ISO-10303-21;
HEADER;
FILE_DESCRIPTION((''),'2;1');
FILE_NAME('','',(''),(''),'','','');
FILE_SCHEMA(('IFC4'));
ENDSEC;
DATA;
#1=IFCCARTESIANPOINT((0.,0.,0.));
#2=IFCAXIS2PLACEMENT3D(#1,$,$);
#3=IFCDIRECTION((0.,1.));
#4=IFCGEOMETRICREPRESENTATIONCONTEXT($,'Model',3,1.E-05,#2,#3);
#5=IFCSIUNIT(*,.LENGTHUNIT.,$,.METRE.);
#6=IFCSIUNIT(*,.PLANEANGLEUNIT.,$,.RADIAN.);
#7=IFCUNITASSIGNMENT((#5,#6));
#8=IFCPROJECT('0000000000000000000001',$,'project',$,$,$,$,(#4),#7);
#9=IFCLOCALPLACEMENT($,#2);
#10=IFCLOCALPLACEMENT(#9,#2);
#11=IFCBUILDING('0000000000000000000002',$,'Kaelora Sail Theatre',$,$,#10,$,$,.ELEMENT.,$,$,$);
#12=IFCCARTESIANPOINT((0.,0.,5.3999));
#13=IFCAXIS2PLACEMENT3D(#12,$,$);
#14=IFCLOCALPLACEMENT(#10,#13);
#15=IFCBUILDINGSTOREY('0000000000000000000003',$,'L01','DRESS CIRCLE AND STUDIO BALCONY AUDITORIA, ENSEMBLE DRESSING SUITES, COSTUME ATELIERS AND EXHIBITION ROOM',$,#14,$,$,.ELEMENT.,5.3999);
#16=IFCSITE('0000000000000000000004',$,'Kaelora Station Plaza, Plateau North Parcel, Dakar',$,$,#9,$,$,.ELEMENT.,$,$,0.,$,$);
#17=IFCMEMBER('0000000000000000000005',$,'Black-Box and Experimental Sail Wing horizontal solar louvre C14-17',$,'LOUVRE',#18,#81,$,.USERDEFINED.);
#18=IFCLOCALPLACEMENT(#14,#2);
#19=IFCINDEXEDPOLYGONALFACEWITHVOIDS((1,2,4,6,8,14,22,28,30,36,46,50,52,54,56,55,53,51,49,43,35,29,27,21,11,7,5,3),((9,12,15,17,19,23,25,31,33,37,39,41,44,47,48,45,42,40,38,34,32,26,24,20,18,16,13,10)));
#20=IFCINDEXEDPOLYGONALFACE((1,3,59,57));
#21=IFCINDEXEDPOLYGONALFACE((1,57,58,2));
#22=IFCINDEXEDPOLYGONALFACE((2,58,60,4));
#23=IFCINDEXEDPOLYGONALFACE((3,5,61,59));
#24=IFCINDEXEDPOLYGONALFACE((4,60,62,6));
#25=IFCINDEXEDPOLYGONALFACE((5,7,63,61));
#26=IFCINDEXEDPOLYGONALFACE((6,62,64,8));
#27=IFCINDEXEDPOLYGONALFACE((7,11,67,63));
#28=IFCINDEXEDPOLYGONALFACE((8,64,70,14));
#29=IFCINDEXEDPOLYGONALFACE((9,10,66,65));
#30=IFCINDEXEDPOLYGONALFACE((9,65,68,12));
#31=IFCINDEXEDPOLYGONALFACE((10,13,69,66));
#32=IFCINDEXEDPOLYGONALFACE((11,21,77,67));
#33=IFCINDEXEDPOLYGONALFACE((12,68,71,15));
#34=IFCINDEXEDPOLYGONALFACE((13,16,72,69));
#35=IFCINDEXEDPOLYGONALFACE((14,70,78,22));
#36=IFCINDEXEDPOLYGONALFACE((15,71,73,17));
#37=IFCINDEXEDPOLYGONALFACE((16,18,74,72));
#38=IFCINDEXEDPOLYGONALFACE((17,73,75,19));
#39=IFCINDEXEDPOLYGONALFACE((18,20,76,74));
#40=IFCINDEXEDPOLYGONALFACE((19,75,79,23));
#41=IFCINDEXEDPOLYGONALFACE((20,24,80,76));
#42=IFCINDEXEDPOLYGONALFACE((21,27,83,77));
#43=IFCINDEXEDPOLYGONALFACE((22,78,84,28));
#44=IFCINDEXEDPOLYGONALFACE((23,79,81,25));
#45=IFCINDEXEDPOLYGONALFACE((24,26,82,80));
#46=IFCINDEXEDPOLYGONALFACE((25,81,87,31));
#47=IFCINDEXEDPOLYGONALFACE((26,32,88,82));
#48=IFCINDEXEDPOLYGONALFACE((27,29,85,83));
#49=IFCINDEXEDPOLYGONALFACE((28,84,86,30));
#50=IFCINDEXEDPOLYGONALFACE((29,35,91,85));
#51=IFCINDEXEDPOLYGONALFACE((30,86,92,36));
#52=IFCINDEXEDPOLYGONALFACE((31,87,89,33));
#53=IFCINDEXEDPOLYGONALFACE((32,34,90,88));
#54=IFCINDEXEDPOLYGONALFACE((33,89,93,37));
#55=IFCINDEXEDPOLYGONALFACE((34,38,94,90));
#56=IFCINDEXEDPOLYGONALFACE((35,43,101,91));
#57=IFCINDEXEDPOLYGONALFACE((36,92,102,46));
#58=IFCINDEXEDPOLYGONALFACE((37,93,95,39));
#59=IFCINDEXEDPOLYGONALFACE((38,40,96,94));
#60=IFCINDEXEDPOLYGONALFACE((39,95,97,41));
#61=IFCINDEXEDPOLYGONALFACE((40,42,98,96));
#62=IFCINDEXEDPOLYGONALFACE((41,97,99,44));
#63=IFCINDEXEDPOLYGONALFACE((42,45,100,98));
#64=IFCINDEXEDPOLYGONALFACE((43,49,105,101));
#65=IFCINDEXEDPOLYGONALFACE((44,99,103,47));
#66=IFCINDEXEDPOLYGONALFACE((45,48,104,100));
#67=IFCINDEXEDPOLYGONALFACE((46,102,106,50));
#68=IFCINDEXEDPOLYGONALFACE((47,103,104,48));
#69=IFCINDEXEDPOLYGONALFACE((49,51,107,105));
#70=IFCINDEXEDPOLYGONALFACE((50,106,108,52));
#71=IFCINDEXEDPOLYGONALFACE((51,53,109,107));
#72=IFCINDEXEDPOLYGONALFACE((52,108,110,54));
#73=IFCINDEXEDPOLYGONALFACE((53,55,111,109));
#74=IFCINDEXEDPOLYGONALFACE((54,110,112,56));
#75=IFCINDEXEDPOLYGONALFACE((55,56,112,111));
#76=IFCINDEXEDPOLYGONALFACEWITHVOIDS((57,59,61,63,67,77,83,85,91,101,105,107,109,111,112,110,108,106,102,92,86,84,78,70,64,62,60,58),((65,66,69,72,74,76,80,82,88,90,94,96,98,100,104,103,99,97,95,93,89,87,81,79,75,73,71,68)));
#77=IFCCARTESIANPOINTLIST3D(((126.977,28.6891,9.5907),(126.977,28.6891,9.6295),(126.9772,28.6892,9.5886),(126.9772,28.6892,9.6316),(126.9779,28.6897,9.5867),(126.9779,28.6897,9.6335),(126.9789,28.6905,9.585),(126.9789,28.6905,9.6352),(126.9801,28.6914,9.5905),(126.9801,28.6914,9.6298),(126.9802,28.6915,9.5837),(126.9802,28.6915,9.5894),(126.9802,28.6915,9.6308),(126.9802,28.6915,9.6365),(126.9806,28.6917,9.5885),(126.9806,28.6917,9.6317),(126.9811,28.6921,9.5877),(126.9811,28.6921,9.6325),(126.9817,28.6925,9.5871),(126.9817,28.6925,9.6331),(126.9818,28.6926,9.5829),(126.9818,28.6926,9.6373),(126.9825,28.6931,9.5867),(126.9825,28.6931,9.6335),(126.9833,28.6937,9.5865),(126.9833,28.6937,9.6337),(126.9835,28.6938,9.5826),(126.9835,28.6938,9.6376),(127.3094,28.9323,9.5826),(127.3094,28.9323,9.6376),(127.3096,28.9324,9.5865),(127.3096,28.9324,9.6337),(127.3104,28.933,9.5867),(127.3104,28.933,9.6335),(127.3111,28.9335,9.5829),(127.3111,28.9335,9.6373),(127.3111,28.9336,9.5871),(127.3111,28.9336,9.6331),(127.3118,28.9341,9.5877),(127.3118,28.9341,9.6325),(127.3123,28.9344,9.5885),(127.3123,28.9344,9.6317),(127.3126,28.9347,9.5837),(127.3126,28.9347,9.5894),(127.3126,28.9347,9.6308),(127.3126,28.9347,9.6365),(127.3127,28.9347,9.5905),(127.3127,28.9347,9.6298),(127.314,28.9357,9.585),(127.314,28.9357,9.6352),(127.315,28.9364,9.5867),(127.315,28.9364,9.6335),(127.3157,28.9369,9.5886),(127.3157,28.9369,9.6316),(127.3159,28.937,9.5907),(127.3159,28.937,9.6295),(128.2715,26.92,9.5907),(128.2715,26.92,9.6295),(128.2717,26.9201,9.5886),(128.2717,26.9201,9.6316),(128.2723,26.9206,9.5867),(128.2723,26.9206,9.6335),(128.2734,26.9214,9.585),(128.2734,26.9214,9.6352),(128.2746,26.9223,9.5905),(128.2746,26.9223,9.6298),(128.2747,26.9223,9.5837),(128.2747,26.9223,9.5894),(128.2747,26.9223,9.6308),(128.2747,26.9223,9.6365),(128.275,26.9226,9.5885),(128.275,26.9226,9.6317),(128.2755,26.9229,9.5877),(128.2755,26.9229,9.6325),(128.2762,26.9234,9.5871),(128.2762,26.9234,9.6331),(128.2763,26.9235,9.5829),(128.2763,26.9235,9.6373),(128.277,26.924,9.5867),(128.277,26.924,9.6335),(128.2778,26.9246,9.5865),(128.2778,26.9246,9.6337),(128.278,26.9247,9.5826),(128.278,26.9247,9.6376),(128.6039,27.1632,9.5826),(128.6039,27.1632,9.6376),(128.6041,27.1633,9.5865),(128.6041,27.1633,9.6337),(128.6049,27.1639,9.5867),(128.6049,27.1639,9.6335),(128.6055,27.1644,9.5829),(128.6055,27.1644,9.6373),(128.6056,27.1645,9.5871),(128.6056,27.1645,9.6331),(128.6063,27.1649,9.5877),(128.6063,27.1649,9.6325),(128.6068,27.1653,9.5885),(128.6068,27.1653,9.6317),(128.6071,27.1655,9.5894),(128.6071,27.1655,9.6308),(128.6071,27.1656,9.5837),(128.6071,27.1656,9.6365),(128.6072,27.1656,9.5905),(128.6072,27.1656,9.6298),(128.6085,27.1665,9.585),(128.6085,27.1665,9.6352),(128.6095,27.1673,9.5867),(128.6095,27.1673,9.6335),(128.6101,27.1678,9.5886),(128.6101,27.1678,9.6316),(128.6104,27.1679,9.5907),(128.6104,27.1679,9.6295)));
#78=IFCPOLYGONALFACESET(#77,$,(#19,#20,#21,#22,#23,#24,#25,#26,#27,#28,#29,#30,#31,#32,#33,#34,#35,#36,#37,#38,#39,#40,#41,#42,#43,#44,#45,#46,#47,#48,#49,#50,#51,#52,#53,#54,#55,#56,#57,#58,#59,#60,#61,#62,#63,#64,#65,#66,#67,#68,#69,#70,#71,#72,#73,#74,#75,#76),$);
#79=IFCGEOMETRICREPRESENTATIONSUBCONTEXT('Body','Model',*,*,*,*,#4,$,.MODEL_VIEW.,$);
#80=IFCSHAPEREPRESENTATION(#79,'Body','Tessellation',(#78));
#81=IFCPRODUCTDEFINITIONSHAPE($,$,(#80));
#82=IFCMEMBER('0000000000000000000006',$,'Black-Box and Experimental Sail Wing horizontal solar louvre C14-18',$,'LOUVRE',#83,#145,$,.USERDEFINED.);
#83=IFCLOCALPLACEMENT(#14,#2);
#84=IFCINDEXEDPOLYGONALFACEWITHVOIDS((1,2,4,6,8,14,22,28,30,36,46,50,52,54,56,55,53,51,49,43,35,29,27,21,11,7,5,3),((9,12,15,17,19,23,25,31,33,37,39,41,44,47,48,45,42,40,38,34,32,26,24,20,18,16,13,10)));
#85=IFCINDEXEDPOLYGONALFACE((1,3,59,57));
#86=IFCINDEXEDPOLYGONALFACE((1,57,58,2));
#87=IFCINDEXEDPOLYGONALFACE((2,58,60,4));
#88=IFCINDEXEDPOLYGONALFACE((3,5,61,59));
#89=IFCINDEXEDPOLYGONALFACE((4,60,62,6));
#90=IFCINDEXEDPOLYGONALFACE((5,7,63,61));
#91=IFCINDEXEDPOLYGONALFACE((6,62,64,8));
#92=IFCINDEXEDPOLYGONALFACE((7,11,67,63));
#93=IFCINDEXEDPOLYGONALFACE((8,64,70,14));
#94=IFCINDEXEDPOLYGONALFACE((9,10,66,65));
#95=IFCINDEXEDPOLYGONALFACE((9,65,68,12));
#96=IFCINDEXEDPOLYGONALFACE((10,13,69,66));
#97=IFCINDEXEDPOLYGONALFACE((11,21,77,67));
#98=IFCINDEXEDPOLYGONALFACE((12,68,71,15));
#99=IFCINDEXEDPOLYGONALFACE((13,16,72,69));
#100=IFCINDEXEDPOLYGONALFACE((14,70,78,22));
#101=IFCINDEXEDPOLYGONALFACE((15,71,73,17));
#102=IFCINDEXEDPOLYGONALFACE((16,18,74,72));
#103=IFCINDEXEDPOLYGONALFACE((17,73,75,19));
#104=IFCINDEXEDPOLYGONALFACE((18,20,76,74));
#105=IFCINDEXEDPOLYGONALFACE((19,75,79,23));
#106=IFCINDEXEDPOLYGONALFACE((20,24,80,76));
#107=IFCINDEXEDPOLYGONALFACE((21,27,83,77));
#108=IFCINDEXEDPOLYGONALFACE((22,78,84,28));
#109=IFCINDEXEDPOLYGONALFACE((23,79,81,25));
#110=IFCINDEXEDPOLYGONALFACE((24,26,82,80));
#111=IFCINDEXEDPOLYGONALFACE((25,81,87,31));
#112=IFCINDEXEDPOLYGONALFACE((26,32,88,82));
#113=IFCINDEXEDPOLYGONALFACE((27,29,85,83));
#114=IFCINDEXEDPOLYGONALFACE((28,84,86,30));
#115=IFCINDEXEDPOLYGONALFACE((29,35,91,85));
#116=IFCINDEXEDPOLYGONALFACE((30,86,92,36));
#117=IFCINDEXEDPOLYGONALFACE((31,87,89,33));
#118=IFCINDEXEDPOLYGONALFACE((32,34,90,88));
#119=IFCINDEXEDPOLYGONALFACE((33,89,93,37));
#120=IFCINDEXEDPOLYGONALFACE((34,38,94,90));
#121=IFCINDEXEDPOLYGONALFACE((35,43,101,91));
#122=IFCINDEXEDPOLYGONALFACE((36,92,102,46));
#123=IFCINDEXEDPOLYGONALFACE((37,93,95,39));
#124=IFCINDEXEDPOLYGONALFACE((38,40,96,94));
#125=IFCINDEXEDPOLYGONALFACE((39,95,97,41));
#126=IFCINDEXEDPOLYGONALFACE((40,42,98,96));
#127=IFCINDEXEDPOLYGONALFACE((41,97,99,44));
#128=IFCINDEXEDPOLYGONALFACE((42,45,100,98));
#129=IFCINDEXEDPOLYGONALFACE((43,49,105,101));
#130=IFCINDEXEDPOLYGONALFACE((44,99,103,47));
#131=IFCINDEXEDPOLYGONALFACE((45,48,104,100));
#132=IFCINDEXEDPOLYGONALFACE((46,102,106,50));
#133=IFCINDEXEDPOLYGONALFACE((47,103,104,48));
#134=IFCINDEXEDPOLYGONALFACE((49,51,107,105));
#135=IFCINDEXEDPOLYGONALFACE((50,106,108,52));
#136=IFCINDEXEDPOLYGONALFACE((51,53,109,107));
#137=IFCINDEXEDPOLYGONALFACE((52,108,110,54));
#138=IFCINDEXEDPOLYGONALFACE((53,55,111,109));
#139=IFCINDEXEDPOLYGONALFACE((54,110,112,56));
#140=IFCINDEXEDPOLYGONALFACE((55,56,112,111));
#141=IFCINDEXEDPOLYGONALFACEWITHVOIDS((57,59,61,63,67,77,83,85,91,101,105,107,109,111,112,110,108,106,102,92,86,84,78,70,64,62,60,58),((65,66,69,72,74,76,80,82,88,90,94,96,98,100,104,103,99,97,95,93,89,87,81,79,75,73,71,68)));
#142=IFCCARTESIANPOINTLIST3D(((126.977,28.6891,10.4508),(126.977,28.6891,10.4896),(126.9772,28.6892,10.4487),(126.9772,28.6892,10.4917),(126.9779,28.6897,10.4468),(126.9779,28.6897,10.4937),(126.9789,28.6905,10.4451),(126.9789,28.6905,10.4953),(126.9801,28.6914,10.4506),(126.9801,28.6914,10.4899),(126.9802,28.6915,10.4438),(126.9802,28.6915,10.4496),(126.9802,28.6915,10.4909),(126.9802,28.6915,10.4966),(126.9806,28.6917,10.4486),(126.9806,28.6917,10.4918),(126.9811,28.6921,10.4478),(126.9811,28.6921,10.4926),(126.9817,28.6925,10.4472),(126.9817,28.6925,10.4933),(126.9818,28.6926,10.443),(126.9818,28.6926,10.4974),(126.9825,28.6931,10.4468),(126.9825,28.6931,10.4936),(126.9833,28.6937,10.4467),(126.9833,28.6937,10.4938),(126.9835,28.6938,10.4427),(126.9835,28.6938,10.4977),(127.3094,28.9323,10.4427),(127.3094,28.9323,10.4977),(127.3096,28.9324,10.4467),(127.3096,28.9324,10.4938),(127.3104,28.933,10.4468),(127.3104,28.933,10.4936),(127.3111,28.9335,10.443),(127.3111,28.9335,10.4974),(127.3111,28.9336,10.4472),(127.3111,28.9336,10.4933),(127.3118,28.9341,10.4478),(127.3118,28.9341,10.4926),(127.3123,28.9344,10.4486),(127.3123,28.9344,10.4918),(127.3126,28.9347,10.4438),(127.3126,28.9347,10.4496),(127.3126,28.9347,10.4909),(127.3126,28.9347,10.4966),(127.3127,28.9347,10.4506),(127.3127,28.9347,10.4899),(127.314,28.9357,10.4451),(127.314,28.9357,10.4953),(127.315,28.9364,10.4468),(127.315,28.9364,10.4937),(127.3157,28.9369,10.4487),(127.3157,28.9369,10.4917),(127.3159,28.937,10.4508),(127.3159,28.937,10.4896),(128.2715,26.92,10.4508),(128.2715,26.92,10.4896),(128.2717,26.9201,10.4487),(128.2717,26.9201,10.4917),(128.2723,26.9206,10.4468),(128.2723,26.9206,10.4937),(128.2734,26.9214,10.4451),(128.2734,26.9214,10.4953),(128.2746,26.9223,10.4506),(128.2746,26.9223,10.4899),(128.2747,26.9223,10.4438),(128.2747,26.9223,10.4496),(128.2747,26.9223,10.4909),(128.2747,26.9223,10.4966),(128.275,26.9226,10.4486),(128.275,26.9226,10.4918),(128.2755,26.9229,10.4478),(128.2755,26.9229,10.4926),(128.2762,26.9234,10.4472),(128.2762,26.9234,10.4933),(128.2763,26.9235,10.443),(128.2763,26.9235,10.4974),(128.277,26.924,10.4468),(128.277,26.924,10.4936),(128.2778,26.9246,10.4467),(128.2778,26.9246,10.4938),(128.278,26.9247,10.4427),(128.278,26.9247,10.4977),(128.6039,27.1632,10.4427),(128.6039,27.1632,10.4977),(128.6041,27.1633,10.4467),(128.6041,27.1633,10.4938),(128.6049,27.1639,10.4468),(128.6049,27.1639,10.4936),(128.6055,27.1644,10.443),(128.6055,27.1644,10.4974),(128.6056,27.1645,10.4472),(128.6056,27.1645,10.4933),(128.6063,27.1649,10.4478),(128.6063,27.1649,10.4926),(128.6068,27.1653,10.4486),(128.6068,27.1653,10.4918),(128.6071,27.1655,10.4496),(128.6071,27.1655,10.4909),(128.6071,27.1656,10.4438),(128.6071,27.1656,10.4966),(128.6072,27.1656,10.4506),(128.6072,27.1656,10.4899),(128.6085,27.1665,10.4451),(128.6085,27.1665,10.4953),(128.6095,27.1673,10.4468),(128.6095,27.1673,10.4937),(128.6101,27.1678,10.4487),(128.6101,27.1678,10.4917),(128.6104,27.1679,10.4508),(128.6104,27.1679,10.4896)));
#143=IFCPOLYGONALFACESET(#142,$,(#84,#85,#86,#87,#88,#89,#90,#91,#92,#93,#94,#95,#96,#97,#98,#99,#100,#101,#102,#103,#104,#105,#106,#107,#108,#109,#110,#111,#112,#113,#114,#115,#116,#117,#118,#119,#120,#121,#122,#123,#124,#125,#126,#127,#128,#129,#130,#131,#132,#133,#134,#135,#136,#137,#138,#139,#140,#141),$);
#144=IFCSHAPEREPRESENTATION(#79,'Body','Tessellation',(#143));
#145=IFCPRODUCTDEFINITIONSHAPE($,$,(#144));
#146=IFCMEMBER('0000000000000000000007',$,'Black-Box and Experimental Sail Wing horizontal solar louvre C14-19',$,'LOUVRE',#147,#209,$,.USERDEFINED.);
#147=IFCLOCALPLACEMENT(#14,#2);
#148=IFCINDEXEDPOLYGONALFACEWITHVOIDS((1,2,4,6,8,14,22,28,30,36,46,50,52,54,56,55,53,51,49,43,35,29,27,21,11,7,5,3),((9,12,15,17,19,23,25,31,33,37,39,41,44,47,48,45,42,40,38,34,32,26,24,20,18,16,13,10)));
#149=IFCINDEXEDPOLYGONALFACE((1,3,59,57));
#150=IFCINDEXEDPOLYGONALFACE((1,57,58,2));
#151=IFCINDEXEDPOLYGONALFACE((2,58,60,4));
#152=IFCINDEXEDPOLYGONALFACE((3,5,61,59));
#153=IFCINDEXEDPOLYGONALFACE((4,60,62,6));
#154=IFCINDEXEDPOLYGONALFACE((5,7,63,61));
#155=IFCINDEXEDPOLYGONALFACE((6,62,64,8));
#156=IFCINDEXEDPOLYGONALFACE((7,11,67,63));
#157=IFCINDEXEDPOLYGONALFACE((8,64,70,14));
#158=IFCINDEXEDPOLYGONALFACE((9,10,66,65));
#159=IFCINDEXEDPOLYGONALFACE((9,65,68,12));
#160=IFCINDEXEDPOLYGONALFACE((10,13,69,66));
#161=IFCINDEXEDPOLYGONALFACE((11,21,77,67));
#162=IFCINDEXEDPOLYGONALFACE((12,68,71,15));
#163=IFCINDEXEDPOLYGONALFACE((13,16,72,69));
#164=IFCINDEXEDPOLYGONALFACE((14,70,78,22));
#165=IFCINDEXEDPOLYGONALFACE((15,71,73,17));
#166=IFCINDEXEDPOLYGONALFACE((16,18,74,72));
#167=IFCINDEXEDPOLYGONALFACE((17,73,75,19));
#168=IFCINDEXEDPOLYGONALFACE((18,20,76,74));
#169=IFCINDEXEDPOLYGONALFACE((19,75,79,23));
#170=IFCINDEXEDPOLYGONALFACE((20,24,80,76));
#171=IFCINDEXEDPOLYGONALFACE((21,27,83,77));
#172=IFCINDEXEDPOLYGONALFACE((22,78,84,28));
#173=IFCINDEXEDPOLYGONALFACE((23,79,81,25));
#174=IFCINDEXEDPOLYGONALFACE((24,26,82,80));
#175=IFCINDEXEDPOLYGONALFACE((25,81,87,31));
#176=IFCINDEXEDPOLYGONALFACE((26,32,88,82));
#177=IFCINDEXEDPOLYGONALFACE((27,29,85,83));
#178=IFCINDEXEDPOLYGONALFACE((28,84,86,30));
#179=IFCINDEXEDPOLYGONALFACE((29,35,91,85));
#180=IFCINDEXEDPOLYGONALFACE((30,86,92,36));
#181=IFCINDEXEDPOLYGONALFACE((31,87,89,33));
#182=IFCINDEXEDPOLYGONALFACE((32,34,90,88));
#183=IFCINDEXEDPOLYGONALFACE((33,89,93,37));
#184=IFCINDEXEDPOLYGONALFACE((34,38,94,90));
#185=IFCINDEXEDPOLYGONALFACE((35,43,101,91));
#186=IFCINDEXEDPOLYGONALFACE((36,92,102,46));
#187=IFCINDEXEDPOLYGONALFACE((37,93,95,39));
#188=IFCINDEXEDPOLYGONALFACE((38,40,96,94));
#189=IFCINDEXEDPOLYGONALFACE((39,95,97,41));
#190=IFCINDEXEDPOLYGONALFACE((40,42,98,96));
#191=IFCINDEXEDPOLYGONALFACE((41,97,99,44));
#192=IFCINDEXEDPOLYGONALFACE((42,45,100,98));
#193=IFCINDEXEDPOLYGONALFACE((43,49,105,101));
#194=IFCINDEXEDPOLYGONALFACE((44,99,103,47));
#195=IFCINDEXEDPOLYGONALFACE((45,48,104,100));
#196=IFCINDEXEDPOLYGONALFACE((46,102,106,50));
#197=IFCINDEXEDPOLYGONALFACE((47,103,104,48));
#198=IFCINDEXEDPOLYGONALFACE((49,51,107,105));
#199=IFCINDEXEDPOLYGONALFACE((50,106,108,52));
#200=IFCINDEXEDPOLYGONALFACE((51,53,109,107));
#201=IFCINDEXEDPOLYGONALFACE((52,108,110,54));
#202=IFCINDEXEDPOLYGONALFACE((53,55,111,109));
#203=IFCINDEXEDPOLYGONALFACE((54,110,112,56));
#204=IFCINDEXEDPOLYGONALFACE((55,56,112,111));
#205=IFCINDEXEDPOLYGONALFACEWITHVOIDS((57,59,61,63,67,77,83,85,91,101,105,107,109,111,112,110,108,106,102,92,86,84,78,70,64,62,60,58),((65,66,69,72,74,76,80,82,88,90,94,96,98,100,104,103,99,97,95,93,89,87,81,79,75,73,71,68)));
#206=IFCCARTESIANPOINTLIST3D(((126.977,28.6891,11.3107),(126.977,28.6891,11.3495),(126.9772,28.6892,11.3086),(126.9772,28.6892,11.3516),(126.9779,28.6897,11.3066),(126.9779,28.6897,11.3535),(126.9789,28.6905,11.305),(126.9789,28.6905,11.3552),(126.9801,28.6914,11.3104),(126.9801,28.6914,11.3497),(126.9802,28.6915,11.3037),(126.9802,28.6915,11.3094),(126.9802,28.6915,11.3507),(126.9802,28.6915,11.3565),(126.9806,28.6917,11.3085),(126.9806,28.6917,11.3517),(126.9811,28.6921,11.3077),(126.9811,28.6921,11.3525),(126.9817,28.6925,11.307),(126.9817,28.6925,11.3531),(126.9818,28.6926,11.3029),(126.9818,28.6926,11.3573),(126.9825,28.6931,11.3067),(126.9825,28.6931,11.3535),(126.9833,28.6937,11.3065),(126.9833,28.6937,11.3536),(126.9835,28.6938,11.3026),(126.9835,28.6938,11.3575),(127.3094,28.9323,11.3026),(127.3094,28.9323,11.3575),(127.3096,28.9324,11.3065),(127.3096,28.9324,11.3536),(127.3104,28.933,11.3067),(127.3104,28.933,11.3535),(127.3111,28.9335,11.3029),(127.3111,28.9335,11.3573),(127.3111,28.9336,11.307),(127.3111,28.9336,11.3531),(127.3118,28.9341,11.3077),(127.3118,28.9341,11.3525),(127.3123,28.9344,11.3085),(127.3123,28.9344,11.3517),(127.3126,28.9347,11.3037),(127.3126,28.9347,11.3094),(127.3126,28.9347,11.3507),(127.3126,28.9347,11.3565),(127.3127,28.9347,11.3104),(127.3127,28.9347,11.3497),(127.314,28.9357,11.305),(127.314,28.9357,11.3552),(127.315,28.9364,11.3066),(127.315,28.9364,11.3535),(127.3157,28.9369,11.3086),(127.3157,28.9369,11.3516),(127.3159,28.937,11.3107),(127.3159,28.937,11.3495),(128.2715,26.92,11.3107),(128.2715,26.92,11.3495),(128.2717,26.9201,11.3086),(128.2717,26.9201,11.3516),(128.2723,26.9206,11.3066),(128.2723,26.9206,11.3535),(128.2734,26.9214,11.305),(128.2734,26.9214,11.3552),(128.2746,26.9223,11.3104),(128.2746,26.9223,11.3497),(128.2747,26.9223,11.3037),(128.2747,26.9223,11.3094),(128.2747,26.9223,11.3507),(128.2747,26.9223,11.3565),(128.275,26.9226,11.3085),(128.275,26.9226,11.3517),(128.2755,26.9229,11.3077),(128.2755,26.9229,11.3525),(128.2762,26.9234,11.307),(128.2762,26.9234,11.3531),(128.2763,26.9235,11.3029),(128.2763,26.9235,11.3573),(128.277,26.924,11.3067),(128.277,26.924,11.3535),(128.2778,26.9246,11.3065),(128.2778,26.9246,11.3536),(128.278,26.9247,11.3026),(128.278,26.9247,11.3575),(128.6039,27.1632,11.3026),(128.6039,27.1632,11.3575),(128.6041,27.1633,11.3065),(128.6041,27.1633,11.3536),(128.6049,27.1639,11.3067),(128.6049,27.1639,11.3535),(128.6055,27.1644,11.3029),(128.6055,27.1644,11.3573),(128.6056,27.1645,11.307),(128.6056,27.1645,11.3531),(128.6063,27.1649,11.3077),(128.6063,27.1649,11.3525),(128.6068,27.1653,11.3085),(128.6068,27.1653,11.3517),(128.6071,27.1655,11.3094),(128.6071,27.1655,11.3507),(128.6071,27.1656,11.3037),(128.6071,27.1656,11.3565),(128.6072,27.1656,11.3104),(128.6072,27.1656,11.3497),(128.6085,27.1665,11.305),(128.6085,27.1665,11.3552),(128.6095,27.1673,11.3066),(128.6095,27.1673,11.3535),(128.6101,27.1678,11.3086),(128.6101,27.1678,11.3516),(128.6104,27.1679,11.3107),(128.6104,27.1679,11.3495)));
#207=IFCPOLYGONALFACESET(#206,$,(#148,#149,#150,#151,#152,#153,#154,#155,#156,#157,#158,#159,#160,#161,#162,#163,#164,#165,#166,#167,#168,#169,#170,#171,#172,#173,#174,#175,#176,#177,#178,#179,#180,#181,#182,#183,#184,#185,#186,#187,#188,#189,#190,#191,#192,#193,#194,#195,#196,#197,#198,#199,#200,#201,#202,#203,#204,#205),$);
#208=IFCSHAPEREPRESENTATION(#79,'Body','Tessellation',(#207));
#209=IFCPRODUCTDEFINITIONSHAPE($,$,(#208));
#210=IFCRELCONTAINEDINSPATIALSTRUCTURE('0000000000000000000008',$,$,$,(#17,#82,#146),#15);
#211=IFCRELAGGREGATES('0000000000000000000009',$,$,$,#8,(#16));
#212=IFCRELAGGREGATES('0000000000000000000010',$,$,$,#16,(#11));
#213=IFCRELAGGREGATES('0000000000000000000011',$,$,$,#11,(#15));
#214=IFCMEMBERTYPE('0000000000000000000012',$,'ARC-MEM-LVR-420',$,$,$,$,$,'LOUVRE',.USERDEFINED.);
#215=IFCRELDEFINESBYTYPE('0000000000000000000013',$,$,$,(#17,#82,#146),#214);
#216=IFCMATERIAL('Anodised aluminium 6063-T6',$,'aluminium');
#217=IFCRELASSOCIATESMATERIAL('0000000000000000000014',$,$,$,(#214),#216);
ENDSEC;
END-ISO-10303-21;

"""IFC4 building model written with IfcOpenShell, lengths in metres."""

from ifc_helpers import new_model, si_unit, direction, frame, origin, origin_2d, place, context, subcontext, project, spatial, hollow_rectangle, extrude, material, material_profile, profile_set, type_object, element, save


model = new_model("IFC4")

# Units and contexts
model_context = context("Model", 3, precision=1e-05, world=origin(), true_north=direction((0.0, 1.0)))
body_context = subcontext(model_context, "Body", "Model", "MODEL_VIEW")
ifc_project = project(units=[si_unit("LENGTHUNIT", "METRE"), si_unit("PLANEANGLEUNIT", "RADIAN")], contexts=[model_context])

# Site, building, storey
site_placement = place(None, origin())
site = spatial("IfcSite", under=ifc_project, at=site_placement, Name="Kaelora Station Plaza, Plateau North Parcel, Dakar", CompositionType="ELEMENT", RefElevation=0.0)
building_placement = place(site_placement, origin())
building = spatial("IfcBuilding", under=site, at=building_placement, Name="Kaelora Sail Theatre", CompositionType="ELEMENT")
storey_placement = place(building_placement, frame((0.0, 0.0, 5.3999)))
storey = spatial("IfcBuildingStorey", under=building, at=storey_placement, Name="L01", Description="DRESS CIRCLE AND STUDIO BALCONY AUDITORIA, ENSEMBLE DRESSING SUITES, COSTUME ATELIERS AND EXHIBITION ROOM", CompositionType="ELEMENT", Elevation=5.3999)

# Members
ifc_material = material(Name="Anodised aluminium 6063-T6", Category="aluminium")
ifc_material_profile = material_profile(ifc_material, hollow_rectangle(XDim=0.4199, YDim=0.0549, WallThickness=0.0039, InnerFilletRadius=0.0039, OuterFilletRadius=0.0081, at=origin_2d()), Name="LOUVRE 420x55x4")
ifc_profile_set = profile_set([ifc_material_profile], Name="Anodised aluminium 6063-T6")
member_type = type_object("IfcMemberType", Name="ARC-MEM-LVR-420", ElementType="LOUVRE", PredefinedType="USERDEFINED", material=ifc_profile_set)
for number, where, z_axis, x_axis, name in (
    (1, (128.4409, 27.0439, 9.6101), (-0.590514, 0.807028, 0.0), (-0.807028, -0.590514, 0.0), "Black-Box and Experimental Sail Wing horizontal solar louvre C14-17"),
    (2, (128.4409, 27.0439, 10.4702), (-0.590514, 0.807028, 0.0), (-0.807028, -0.590514, 0.0), "Black-Box and Experimental Sail Wing horizontal solar louvre C14-18"),
    (3, (128.4409, 27.0439, 11.3301), (-0.590514, 0.807028, 0.0), (-0.807028, -0.590514, 0.0), "Black-Box and Experimental Sail Wing horizontal solar louvre C14-19"),
):
    element("IfcMember", number, at=place(storey_placement, frame(where, z_axis=z_axis, x_axis=x_axis)), inside=storey, type_object=member_type, Name=name, ObjectType="LOUVRE", PredefinedType="USERDEFINED", context=body_context, shape_type="SweptSolid", body=[
        extrude(hollow_rectangle(XDim=0.4199, YDim=0.0549, WallThickness=0.0039, InnerFilletRadius=0.0039, OuterFilletRadius=0.0081, at=origin_2d()), origin(), (0.0, 0.0, 1.0), 2.1921),
    ])

save(model, "model.ifc")
